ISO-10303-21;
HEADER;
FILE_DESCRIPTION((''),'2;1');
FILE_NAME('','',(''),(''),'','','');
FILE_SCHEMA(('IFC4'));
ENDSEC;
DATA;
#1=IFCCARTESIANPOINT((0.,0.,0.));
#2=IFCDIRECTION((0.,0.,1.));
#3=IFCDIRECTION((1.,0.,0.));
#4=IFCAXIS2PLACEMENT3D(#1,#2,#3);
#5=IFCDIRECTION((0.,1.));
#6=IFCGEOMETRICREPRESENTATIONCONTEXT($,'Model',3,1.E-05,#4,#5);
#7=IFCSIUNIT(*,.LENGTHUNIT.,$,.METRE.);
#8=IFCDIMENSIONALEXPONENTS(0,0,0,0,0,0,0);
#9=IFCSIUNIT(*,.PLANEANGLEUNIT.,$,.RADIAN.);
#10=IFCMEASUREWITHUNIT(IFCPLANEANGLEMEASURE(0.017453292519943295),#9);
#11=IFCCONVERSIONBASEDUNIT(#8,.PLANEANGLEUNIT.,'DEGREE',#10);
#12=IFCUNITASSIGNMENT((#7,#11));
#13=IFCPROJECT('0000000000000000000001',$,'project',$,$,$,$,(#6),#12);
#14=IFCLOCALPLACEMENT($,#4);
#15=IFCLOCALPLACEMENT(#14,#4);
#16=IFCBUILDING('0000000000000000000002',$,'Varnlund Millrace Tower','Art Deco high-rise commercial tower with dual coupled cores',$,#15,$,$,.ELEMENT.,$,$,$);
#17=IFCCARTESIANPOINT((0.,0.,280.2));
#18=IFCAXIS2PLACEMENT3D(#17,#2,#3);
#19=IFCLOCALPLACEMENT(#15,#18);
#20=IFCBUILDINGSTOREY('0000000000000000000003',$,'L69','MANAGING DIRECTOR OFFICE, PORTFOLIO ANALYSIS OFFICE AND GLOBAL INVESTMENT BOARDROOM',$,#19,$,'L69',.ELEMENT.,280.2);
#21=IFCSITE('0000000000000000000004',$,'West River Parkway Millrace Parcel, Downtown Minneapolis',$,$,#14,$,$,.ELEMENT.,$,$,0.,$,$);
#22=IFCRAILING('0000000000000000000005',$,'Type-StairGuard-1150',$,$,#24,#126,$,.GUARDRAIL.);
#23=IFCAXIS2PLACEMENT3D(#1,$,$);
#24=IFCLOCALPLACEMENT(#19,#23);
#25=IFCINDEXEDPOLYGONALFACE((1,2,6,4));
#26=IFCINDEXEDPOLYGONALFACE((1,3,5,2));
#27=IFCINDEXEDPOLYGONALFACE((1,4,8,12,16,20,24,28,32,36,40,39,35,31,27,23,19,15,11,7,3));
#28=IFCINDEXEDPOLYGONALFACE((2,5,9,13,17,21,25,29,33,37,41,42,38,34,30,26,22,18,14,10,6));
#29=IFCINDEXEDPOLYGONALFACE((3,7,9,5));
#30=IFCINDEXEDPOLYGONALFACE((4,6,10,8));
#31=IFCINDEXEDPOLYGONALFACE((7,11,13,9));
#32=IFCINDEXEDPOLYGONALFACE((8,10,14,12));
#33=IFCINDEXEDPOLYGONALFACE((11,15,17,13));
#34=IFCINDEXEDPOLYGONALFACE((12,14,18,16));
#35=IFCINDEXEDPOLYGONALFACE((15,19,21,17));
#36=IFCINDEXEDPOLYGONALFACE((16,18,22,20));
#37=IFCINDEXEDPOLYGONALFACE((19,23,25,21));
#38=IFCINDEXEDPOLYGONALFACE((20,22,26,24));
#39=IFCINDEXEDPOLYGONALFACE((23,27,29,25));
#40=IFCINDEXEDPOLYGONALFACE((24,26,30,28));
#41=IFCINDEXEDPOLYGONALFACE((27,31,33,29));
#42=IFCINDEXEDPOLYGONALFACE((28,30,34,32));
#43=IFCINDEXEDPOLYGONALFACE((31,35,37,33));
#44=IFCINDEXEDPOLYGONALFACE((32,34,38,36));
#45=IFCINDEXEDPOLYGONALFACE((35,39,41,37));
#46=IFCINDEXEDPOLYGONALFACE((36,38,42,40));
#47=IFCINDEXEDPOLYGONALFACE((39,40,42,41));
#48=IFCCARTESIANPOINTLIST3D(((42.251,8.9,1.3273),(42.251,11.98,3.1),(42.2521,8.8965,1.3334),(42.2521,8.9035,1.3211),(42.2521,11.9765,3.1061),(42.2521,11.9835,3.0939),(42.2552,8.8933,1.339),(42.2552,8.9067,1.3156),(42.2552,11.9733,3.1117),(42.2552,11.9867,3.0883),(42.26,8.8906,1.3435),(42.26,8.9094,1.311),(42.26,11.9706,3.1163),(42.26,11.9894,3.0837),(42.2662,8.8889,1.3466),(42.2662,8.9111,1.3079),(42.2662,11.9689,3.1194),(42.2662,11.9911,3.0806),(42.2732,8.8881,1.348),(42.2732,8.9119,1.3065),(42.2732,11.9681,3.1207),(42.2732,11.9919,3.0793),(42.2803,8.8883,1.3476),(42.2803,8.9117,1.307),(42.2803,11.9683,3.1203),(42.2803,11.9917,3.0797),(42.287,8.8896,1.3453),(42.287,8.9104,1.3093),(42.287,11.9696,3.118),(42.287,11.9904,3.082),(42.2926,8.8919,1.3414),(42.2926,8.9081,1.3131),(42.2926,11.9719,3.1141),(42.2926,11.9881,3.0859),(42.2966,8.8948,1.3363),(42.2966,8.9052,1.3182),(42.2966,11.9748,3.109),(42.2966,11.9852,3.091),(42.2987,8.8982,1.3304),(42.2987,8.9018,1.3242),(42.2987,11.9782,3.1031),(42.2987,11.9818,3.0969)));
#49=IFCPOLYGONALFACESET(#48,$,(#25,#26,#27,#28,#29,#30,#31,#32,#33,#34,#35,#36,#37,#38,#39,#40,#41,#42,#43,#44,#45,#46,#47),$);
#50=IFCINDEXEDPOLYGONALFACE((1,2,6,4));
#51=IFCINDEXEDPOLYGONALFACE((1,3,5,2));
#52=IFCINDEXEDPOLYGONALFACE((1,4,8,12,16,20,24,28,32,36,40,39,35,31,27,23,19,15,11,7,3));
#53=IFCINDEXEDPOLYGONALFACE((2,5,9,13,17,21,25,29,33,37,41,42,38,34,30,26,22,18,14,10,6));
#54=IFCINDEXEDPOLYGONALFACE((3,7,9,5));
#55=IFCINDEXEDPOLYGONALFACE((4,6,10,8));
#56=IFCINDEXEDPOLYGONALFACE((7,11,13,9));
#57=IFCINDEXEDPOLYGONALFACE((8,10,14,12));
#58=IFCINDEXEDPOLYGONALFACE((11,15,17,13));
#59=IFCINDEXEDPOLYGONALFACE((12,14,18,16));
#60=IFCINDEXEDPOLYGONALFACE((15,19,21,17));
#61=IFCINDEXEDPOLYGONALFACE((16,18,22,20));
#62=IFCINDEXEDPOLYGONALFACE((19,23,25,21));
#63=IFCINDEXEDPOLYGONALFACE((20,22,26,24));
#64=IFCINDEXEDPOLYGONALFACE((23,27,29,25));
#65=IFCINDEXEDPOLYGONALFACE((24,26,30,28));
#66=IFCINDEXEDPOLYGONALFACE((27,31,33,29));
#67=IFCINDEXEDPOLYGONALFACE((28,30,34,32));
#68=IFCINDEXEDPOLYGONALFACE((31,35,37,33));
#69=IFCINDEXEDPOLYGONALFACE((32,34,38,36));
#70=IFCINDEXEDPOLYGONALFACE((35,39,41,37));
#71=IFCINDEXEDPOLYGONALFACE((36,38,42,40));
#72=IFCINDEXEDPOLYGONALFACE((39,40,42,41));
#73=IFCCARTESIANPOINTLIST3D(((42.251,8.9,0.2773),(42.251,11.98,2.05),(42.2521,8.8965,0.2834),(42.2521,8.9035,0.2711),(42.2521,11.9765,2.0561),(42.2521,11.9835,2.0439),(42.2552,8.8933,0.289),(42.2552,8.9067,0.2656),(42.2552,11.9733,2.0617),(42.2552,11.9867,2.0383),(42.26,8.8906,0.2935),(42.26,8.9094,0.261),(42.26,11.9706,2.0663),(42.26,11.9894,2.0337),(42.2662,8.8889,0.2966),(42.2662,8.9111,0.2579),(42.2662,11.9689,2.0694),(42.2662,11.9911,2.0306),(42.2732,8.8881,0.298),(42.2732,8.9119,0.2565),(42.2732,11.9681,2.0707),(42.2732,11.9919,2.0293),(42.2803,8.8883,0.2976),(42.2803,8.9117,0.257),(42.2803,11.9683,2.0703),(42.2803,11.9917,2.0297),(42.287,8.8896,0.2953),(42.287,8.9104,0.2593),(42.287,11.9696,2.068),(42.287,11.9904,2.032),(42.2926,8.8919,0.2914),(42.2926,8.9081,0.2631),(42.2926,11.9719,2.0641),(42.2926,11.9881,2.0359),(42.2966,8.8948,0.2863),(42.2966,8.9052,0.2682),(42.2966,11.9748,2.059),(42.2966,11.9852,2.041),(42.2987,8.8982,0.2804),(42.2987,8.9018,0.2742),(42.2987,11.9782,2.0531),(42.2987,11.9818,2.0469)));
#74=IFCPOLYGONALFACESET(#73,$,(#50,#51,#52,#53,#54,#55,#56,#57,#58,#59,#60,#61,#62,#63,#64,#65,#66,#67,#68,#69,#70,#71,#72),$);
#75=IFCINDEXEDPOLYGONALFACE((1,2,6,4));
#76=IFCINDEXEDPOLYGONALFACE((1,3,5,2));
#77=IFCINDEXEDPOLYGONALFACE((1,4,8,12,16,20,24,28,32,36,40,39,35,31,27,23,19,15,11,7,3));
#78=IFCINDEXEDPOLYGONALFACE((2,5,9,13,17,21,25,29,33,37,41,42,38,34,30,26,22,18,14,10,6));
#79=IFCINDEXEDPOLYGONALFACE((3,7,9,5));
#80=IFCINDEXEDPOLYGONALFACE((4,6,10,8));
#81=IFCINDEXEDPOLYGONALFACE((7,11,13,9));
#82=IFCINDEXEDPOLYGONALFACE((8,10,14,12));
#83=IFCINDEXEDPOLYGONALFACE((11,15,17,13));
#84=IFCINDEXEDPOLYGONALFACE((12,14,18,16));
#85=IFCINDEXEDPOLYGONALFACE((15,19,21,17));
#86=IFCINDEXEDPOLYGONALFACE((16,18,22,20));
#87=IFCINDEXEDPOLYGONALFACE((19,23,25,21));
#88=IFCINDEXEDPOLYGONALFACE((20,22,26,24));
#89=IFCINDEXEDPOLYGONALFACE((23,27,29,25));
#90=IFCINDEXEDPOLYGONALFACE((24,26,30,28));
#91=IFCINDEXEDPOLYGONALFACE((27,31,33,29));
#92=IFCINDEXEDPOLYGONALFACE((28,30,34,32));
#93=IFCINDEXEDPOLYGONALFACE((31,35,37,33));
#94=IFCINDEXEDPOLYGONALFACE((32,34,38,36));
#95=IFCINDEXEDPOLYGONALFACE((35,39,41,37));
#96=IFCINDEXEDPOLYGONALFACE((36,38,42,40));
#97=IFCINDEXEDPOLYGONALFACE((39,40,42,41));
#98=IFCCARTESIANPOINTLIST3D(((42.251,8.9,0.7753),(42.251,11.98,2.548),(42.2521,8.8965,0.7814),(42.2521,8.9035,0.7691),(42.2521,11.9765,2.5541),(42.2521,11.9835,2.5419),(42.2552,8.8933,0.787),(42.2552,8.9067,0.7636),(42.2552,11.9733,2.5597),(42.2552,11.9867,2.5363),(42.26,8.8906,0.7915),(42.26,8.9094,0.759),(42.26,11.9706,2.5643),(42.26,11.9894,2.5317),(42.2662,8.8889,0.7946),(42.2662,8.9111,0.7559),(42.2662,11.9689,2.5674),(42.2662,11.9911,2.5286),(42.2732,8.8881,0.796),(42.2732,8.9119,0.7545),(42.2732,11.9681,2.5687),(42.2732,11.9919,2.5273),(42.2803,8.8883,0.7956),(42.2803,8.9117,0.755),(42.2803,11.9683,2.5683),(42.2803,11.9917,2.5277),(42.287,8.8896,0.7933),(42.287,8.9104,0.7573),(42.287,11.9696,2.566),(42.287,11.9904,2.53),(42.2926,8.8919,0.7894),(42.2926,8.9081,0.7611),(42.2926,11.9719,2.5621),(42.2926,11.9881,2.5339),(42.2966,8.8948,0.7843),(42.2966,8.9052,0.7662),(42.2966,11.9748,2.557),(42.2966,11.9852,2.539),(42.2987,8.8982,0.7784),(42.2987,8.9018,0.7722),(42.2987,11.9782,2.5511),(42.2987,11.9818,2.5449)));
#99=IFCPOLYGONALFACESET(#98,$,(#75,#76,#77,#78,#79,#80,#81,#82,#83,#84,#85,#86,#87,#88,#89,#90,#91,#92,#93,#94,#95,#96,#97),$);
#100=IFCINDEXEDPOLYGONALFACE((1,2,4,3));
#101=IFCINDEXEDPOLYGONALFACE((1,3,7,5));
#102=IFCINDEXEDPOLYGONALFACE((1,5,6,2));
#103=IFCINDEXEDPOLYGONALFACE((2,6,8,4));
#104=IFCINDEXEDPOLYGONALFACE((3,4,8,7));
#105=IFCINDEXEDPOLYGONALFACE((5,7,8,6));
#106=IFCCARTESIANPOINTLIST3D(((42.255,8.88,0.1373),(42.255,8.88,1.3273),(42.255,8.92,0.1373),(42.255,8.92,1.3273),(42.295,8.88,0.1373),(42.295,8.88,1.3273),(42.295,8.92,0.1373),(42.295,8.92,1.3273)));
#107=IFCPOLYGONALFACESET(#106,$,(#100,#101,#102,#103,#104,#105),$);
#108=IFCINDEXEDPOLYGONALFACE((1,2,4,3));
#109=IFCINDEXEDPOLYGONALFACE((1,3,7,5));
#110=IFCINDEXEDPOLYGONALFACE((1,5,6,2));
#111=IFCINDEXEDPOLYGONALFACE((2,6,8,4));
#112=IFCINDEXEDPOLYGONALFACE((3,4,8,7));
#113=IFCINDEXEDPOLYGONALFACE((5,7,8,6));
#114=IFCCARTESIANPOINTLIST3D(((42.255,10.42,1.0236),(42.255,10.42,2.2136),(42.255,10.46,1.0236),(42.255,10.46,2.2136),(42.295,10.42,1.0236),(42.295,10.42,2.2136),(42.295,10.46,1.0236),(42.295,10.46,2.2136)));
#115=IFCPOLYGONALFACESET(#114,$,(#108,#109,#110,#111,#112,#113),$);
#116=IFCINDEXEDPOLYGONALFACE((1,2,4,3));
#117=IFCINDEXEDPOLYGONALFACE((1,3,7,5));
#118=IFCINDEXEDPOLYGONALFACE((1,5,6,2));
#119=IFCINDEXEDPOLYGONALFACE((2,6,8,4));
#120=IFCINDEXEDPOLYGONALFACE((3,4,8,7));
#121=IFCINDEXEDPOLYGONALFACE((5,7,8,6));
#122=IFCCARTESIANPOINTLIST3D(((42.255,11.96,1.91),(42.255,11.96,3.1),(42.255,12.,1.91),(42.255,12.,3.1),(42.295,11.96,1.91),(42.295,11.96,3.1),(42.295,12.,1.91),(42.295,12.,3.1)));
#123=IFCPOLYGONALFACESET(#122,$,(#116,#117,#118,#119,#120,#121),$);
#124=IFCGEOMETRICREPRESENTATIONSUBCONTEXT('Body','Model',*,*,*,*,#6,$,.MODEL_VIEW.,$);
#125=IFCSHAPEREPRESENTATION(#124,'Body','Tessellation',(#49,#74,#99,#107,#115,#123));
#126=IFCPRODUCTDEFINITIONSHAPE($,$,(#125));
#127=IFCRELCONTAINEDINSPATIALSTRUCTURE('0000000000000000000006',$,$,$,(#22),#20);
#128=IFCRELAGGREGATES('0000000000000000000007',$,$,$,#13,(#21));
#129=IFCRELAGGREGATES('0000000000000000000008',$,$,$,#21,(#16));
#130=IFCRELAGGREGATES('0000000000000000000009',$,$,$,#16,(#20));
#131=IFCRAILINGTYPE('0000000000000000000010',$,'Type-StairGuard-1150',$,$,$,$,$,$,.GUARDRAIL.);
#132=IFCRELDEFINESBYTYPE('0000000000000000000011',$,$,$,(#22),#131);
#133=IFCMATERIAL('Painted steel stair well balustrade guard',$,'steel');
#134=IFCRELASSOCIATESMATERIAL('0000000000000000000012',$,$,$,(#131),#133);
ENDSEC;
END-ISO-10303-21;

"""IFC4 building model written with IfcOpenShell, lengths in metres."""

from ifc_helpers import new_model, entity, si_unit, converted_unit, direction, frame, origin_with_axes, origin_2d_with_axis, place, context, subcontext, project, spatial, rectangle, circle, extrude, material, type_object, element, save


model = new_model("IFC4")

# Units and contexts
model_context = context("Model", 3, precision=1e-05, world=origin_with_axes(), true_north=direction((0.0, 1.0)))
body_context = subcontext(model_context, "Body", "Model", "MODEL_VIEW")
ifc_project = project(units=[si_unit("LENGTHUNIT", "METRE"), converted_unit("PLANEANGLEUNIT", "DEGREE", entity("IfcPlaneAngleMeasure", 0.017453292519943295), si_unit("PLANEANGLEUNIT", "RADIAN"), dimensions=[0, 0, 0, 0, 0, 0, 0])], contexts=[model_context])

# Site, building, storey
site_placement = place(None, origin_with_axes())
site = spatial("IfcSite", under=ifc_project, at=site_placement, Name="West River Parkway Millrace Parcel, Downtown Minneapolis", CompositionType="ELEMENT", RefElevation=0.0)
building_placement = place(site_placement, origin_with_axes())
building = spatial("IfcBuilding", under=site, at=building_placement, Name="Varnlund Millrace Tower", Description="Art Deco high-rise commercial tower with dual coupled cores", CompositionType="ELEMENT")
storey_placement = place(building_placement, frame((0.0, 0.0, 280.2), z_axis=(0.0, 0.0, 1.0), x_axis=(1.0, 0.0, 0.0)))
storey = spatial("IfcBuildingStorey", under=building, at=storey_placement, Name="L69", Description="MANAGING DIRECTOR OFFICE, PORTFOLIO ANALYSIS OFFICE AND GLOBAL INVESTMENT BOARDROOM", LongName="L69", CompositionType="ELEMENT", Elevation=280.2)

# Railing
ifc_material_1 = material(Name="Painted steel stair well balustrade guard", Category="steel")
railing_type_1 = type_object("IfcRailingType", Name="Type-StairGuard-1150", PredefinedType="GUARDRAIL", material=ifc_material_1)
railing_1_placement = place(storey_placement, frame((0.0, 0.0, -280.2), z_axis=(0.0, 0.0, 1.0), x_axis=(1.0, 0.0, 0.0)))
element("IfcRailing", 1, at=railing_1_placement, inside=storey, type_object=railing_type_1, Name="Type-StairGuard-1150", PredefinedType="GUARDRAIL", context=body_context, shape_type="SweptSolid", body=[
    extrude(circle(Radius=0.024, at=origin_2d_with_axis()), frame((42.275, 8.9, 281.5273), z_axis=(0.0, 0.866696, 0.498836), x_axis=(-1.0, 0.0, 0.0)), (0.0, 0.0, 1.0), 3.5537),
    extrude(circle(Radius=0.024, at=origin_2d_with_axis()), frame((42.275, 8.9, 280.4773), z_axis=(0.0, 0.866696, 0.498836), x_axis=(-1.0, 0.0, 0.0)), (0.0, 0.0, 1.0), 3.5537),
    extrude(circle(Radius=0.024, at=origin_2d_with_axis()), frame((42.275, 8.9, 280.9753), z_axis=(0.0, 0.866696, 0.498836), x_axis=(-1.0, 0.0, 0.0)), (0.0, 0.0, 1.0), 3.5537),
    extrude(rectangle(XDim=0.04, YDim=0.04, at=origin_2d_with_axis()), frame((42.275, 8.9, 280.3373), z_axis=(0.0, 0.0, 1.0), x_axis=(1.0, 0.0, 0.0)), (0.0, 0.0, 1.0), 1.19),
    extrude(rectangle(XDim=0.04, YDim=0.04, at=origin_2d_with_axis()), frame((42.275, 10.44, 281.2236), z_axis=(0.0, 0.0, 1.0), x_axis=(1.0, 0.0, 0.0)), (0.0, 0.0, 1.0), 1.19),
    extrude(rectangle(XDim=0.04, YDim=0.04, at=origin_2d_with_axis()), frame((42.275, 11.98, 282.11), z_axis=(0.0, 0.0, 1.0), x_axis=(1.0, 0.0, 0.0)), (0.0, 0.0, 1.0), 1.19),
])

save(model, "model.ifc")
